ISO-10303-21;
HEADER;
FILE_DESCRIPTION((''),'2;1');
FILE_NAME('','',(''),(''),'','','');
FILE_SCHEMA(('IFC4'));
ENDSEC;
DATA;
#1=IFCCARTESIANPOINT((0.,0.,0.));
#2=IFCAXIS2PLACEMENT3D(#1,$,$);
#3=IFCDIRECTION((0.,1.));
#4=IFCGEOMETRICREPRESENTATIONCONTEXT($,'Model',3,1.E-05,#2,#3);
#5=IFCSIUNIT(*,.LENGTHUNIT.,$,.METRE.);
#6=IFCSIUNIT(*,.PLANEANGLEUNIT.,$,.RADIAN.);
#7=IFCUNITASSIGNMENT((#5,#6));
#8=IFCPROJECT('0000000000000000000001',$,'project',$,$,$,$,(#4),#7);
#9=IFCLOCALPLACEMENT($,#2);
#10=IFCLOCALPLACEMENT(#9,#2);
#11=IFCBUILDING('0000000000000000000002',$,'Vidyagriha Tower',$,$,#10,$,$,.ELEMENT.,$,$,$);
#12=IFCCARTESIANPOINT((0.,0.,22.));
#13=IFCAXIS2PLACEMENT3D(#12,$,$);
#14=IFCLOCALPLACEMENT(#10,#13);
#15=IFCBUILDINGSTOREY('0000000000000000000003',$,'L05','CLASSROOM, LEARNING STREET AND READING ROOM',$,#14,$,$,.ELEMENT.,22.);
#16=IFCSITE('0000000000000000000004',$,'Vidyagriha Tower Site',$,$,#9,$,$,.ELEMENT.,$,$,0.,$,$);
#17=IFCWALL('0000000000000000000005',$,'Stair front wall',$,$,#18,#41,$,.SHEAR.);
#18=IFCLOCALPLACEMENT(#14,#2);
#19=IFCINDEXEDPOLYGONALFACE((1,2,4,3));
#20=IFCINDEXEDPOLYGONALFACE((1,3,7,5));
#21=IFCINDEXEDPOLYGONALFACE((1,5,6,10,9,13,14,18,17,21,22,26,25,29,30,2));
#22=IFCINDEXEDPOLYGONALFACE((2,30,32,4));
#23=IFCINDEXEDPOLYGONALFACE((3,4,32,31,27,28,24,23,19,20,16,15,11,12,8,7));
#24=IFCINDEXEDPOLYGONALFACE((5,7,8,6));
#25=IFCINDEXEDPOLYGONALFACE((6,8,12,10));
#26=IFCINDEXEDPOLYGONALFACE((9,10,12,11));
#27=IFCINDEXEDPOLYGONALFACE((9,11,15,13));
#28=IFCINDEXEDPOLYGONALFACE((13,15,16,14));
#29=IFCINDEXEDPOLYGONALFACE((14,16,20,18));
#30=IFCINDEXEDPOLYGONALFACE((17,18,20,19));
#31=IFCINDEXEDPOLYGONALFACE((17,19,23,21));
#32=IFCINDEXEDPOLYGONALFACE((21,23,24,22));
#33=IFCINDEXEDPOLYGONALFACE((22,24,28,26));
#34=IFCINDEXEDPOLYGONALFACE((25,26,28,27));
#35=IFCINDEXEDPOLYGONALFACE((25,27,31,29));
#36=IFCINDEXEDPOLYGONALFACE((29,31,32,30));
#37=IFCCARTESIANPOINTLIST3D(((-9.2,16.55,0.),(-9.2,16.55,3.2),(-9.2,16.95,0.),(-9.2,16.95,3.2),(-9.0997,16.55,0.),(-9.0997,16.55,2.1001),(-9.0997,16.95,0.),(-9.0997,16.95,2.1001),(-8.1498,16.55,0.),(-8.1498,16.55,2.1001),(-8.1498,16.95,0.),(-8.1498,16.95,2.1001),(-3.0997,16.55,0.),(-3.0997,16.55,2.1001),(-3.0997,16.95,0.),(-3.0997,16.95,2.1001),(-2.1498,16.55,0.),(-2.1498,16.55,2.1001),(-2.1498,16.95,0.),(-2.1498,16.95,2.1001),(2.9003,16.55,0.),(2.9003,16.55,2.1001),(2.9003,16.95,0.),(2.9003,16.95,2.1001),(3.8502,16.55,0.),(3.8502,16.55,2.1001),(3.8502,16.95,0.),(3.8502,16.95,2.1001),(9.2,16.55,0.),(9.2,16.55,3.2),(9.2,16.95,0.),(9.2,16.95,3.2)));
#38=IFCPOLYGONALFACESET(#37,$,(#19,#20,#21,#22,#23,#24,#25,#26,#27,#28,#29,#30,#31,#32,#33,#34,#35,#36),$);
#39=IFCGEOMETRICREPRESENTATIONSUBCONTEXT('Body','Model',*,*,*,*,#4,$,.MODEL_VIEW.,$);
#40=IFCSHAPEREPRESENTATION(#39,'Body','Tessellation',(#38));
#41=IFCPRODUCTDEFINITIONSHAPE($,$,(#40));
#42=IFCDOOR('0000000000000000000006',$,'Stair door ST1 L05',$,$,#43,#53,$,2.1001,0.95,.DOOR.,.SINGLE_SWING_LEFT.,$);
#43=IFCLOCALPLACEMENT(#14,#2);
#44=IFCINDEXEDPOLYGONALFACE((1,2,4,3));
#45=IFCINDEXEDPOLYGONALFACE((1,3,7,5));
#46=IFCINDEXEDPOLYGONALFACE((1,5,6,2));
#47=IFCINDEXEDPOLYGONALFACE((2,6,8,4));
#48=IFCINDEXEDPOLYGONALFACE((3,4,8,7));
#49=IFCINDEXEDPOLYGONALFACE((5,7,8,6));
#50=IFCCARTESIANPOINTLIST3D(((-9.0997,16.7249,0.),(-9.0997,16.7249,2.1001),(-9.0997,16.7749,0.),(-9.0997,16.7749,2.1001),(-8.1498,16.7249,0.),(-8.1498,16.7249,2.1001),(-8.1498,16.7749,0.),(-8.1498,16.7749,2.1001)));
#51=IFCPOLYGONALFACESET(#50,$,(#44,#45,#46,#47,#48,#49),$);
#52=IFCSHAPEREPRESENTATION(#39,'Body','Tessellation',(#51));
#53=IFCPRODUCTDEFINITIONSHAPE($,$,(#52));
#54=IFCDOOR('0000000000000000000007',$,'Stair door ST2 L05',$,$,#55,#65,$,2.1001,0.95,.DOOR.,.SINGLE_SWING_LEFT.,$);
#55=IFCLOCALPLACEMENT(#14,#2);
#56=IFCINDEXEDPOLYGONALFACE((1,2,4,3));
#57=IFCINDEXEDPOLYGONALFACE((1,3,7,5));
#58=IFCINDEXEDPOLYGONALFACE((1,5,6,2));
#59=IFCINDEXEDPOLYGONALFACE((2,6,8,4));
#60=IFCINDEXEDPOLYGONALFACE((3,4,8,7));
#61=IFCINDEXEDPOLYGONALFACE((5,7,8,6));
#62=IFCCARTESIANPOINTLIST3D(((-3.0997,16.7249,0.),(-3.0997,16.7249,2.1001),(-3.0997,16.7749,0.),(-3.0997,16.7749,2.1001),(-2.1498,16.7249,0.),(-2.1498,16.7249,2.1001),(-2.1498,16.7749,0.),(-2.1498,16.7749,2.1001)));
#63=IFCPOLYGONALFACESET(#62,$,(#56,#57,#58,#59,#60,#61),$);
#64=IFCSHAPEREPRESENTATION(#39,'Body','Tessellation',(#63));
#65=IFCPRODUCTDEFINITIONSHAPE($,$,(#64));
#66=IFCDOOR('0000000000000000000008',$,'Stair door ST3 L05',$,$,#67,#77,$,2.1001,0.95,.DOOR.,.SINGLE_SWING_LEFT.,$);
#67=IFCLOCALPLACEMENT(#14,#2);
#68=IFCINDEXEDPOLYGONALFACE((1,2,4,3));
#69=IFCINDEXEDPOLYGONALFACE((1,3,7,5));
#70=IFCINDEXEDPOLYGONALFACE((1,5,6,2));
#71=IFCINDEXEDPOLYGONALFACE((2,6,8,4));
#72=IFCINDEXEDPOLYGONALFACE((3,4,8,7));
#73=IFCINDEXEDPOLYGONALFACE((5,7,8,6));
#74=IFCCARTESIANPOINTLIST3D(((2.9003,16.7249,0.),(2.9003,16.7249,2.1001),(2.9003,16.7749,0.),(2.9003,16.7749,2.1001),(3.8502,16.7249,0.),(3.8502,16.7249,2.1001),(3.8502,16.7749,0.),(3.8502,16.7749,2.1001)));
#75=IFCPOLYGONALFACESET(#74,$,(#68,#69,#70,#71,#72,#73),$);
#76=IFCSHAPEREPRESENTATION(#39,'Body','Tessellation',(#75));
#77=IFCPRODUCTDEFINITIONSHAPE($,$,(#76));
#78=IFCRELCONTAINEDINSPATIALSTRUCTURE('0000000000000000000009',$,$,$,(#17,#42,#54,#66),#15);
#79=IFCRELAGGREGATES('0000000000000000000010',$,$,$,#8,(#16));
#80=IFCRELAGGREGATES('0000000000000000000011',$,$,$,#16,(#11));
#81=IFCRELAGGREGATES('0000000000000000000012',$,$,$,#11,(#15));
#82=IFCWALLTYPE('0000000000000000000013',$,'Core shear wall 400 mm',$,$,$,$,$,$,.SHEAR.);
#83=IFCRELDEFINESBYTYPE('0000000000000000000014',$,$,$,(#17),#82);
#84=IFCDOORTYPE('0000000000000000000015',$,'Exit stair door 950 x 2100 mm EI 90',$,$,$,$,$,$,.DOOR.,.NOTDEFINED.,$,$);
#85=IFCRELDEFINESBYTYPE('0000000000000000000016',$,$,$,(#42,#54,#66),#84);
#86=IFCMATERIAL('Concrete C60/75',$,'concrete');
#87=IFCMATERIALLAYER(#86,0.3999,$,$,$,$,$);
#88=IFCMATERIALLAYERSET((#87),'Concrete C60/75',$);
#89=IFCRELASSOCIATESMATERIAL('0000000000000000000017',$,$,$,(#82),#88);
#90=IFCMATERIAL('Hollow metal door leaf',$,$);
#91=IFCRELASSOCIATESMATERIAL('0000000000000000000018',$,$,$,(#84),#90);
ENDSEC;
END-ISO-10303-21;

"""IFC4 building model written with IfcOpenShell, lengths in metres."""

from ifc_helpers import new_model, si_unit, direction, frame, frame_2d, origin, place, context, subcontext, project, spatial, rectangle, extrude, material, layer, layer_set, type_object, element, fill, save


model = new_model("IFC4")

# Units and contexts
model_context = context("Model", 3, precision=1e-05, world=origin(), true_north=direction((0.0, 1.0)))
body_context = subcontext(model_context, "Body", "Model", "MODEL_VIEW")
ifc_project = project(units=[si_unit("LENGTHUNIT", "METRE"), si_unit("PLANEANGLEUNIT", "RADIAN")], contexts=[model_context])

# Site, building, storey
site_placement = place(None, origin())
site = spatial("IfcSite", under=ifc_project, at=site_placement, Name="Vidyagriha Tower Site", CompositionType="ELEMENT", RefElevation=0.0)
building_placement = place(site_placement, origin())
building = spatial("IfcBuilding", under=site, at=building_placement, Name="Vidyagriha Tower", CompositionType="ELEMENT")
storey_placement = place(building_placement, frame((0.0, 0.0, 22.0)))
storey = spatial("IfcBuildingStorey", under=building, at=storey_placement, Name="L05", Description="CLASSROOM, LEARNING STREET AND READING ROOM", CompositionType="ELEMENT", Elevation=22.0)

# Shared definitions
ifc_material_1 = material(Name="Concrete C60/75", Category="concrete")
ifc_layer = layer(ifc_material_1, 0.3999)
ifc_layer_set = layer_set([ifc_layer], Name="Concrete C60/75")
wall_type = type_object("IfcWallType", Name="Core shear wall 400 mm", PredefinedType="SHEAR", material=ifc_layer_set)

# Wall, openings, doors
wall_1_placement = place(storey_placement, frame((-9.2, 16.75, 0.0)))
wall_1 = element("IfcWall", 1, at=wall_1_placement, inside=storey, type_object=wall_type, Name="Stair front wall", PredefinedType="SHEAR", context=body_context, shape_type="SweptSolid", body=[
    extrude(rectangle(XDim=18.3999, YDim=0.3999, at=frame_2d((9.2, 0.0))), origin(), (0.0, 0.0, 1.0), 3.2),
])
opening_1_placement = place(wall_1_placement, frame((0.1001, 0.0, 0.0)))
opening_1 = element("IfcOpeningElement", 2, at=opening_1_placement, cuts=wall_1, PredefinedType="OPENING", context=body_context, shape_type="SweptSolid", body=[
    extrude(rectangle(XDim=0.95, YDim=2.1001, at=frame_2d((0.4751, 1.05))), frame((0.0, 0.21, 0.0), z_axis=(0.0, -1.0, 0.0), x_axis=(1.0, 0.0, 0.0)), (0.0, 0.0, 1.0), 0.4199),
])
opening_2_placement = place(wall_1_placement, frame((6.1001, 0.0, 0.0)))
opening_2 = element("IfcOpeningElement", 3, at=opening_2_placement, cuts=wall_1, PredefinedType="OPENING", context=body_context, shape_type="SweptSolid", body=[
    extrude(rectangle(XDim=0.95, YDim=2.1001, at=frame_2d((0.4751, 1.05))), frame((0.0, 0.21, 0.0), z_axis=(0.0, -1.0, 0.0), x_axis=(1.0, 0.0, 0.0)), (0.0, 0.0, 1.0), 0.4199),
])
opening_3_placement = place(wall_1_placement, frame((12.1001, 0.0, 0.0)))
opening_3 = element("IfcOpeningElement", 4, at=opening_3_placement, cuts=wall_1, PredefinedType="OPENING", context=body_context, shape_type="SweptSolid", body=[
    extrude(rectangle(XDim=0.95, YDim=2.1001, at=frame_2d((0.4751, 1.05))), frame((0.0, 0.21, 0.0), z_axis=(0.0, -1.0, 0.0), x_axis=(1.0, 0.0, 0.0)), (0.0, 0.0, 1.0), 0.4199),
])
ifc_material_2 = material(Name="Hollow metal door leaf")
door_type_1 = type_object("IfcDoorType", Name="Exit stair door 950 x 2100 mm EI 90", OperationType="NOTDEFINED", PredefinedType="DOOR", material=ifc_material_2)
door_1_placement = place(opening_1_placement, origin())
door_1 = element("IfcDoor", 5, at=door_1_placement, inside=storey, type_object=door_type_1, Name="Stair door ST1 L05", OperationType="SINGLE_SWING_LEFT", OverallHeight=2.1001, OverallWidth=0.95, PredefinedType="DOOR", context=body_context, shape_type="SweptSolid", body=[
    extrude(rectangle(XDim=0.95, YDim=2.1001, at=frame_2d((0.4751, 1.05))), frame((0.0, 0.0249, 0.0), z_axis=(0.0, -1.0, 0.0), x_axis=(1.0, 0.0, 0.0)), (0.0, 0.0, 1.0), 0.05),
])
fill(opening_1, door_1)
door_2_placement = place(opening_2_placement, origin())
door_2 = element("IfcDoor", 6, at=door_2_placement, inside=storey, type_object=door_type_1, Name="Stair door ST2 L05", OperationType="SINGLE_SWING_LEFT", OverallHeight=2.1001, OverallWidth=0.95, PredefinedType="DOOR", context=body_context, shape_type="SweptSolid", body=[
    extrude(rectangle(XDim=0.95, YDim=2.1001, at=frame_2d((0.4751, 1.05))), frame((0.0, 0.0249, 0.0), z_axis=(0.0, -1.0, 0.0), x_axis=(1.0, 0.0, 0.0)), (0.0, 0.0, 1.0), 0.05),
])
fill(opening_2, door_2)
door_3_placement = place(opening_3_placement, origin())
door_3 = element("IfcDoor", 7, at=door_3_placement, inside=storey, type_object=door_type_1, Name="Stair door ST3 L05", OperationType="SINGLE_SWING_LEFT", OverallHeight=2.1001, OverallWidth=0.95, PredefinedType="DOOR", context=body_context, shape_type="SweptSolid", body=[
    extrude(rectangle(XDim=0.95, YDim=2.1001, at=frame_2d((0.4751, 1.05))), frame((0.0, 0.0249, 0.0), z_axis=(0.0, -1.0, 0.0), x_axis=(1.0, 0.0, 0.0)), (0.0, 0.0, 1.0), 0.05),
])
fill(opening_3, door_3)

save(model, "model.ifc")
